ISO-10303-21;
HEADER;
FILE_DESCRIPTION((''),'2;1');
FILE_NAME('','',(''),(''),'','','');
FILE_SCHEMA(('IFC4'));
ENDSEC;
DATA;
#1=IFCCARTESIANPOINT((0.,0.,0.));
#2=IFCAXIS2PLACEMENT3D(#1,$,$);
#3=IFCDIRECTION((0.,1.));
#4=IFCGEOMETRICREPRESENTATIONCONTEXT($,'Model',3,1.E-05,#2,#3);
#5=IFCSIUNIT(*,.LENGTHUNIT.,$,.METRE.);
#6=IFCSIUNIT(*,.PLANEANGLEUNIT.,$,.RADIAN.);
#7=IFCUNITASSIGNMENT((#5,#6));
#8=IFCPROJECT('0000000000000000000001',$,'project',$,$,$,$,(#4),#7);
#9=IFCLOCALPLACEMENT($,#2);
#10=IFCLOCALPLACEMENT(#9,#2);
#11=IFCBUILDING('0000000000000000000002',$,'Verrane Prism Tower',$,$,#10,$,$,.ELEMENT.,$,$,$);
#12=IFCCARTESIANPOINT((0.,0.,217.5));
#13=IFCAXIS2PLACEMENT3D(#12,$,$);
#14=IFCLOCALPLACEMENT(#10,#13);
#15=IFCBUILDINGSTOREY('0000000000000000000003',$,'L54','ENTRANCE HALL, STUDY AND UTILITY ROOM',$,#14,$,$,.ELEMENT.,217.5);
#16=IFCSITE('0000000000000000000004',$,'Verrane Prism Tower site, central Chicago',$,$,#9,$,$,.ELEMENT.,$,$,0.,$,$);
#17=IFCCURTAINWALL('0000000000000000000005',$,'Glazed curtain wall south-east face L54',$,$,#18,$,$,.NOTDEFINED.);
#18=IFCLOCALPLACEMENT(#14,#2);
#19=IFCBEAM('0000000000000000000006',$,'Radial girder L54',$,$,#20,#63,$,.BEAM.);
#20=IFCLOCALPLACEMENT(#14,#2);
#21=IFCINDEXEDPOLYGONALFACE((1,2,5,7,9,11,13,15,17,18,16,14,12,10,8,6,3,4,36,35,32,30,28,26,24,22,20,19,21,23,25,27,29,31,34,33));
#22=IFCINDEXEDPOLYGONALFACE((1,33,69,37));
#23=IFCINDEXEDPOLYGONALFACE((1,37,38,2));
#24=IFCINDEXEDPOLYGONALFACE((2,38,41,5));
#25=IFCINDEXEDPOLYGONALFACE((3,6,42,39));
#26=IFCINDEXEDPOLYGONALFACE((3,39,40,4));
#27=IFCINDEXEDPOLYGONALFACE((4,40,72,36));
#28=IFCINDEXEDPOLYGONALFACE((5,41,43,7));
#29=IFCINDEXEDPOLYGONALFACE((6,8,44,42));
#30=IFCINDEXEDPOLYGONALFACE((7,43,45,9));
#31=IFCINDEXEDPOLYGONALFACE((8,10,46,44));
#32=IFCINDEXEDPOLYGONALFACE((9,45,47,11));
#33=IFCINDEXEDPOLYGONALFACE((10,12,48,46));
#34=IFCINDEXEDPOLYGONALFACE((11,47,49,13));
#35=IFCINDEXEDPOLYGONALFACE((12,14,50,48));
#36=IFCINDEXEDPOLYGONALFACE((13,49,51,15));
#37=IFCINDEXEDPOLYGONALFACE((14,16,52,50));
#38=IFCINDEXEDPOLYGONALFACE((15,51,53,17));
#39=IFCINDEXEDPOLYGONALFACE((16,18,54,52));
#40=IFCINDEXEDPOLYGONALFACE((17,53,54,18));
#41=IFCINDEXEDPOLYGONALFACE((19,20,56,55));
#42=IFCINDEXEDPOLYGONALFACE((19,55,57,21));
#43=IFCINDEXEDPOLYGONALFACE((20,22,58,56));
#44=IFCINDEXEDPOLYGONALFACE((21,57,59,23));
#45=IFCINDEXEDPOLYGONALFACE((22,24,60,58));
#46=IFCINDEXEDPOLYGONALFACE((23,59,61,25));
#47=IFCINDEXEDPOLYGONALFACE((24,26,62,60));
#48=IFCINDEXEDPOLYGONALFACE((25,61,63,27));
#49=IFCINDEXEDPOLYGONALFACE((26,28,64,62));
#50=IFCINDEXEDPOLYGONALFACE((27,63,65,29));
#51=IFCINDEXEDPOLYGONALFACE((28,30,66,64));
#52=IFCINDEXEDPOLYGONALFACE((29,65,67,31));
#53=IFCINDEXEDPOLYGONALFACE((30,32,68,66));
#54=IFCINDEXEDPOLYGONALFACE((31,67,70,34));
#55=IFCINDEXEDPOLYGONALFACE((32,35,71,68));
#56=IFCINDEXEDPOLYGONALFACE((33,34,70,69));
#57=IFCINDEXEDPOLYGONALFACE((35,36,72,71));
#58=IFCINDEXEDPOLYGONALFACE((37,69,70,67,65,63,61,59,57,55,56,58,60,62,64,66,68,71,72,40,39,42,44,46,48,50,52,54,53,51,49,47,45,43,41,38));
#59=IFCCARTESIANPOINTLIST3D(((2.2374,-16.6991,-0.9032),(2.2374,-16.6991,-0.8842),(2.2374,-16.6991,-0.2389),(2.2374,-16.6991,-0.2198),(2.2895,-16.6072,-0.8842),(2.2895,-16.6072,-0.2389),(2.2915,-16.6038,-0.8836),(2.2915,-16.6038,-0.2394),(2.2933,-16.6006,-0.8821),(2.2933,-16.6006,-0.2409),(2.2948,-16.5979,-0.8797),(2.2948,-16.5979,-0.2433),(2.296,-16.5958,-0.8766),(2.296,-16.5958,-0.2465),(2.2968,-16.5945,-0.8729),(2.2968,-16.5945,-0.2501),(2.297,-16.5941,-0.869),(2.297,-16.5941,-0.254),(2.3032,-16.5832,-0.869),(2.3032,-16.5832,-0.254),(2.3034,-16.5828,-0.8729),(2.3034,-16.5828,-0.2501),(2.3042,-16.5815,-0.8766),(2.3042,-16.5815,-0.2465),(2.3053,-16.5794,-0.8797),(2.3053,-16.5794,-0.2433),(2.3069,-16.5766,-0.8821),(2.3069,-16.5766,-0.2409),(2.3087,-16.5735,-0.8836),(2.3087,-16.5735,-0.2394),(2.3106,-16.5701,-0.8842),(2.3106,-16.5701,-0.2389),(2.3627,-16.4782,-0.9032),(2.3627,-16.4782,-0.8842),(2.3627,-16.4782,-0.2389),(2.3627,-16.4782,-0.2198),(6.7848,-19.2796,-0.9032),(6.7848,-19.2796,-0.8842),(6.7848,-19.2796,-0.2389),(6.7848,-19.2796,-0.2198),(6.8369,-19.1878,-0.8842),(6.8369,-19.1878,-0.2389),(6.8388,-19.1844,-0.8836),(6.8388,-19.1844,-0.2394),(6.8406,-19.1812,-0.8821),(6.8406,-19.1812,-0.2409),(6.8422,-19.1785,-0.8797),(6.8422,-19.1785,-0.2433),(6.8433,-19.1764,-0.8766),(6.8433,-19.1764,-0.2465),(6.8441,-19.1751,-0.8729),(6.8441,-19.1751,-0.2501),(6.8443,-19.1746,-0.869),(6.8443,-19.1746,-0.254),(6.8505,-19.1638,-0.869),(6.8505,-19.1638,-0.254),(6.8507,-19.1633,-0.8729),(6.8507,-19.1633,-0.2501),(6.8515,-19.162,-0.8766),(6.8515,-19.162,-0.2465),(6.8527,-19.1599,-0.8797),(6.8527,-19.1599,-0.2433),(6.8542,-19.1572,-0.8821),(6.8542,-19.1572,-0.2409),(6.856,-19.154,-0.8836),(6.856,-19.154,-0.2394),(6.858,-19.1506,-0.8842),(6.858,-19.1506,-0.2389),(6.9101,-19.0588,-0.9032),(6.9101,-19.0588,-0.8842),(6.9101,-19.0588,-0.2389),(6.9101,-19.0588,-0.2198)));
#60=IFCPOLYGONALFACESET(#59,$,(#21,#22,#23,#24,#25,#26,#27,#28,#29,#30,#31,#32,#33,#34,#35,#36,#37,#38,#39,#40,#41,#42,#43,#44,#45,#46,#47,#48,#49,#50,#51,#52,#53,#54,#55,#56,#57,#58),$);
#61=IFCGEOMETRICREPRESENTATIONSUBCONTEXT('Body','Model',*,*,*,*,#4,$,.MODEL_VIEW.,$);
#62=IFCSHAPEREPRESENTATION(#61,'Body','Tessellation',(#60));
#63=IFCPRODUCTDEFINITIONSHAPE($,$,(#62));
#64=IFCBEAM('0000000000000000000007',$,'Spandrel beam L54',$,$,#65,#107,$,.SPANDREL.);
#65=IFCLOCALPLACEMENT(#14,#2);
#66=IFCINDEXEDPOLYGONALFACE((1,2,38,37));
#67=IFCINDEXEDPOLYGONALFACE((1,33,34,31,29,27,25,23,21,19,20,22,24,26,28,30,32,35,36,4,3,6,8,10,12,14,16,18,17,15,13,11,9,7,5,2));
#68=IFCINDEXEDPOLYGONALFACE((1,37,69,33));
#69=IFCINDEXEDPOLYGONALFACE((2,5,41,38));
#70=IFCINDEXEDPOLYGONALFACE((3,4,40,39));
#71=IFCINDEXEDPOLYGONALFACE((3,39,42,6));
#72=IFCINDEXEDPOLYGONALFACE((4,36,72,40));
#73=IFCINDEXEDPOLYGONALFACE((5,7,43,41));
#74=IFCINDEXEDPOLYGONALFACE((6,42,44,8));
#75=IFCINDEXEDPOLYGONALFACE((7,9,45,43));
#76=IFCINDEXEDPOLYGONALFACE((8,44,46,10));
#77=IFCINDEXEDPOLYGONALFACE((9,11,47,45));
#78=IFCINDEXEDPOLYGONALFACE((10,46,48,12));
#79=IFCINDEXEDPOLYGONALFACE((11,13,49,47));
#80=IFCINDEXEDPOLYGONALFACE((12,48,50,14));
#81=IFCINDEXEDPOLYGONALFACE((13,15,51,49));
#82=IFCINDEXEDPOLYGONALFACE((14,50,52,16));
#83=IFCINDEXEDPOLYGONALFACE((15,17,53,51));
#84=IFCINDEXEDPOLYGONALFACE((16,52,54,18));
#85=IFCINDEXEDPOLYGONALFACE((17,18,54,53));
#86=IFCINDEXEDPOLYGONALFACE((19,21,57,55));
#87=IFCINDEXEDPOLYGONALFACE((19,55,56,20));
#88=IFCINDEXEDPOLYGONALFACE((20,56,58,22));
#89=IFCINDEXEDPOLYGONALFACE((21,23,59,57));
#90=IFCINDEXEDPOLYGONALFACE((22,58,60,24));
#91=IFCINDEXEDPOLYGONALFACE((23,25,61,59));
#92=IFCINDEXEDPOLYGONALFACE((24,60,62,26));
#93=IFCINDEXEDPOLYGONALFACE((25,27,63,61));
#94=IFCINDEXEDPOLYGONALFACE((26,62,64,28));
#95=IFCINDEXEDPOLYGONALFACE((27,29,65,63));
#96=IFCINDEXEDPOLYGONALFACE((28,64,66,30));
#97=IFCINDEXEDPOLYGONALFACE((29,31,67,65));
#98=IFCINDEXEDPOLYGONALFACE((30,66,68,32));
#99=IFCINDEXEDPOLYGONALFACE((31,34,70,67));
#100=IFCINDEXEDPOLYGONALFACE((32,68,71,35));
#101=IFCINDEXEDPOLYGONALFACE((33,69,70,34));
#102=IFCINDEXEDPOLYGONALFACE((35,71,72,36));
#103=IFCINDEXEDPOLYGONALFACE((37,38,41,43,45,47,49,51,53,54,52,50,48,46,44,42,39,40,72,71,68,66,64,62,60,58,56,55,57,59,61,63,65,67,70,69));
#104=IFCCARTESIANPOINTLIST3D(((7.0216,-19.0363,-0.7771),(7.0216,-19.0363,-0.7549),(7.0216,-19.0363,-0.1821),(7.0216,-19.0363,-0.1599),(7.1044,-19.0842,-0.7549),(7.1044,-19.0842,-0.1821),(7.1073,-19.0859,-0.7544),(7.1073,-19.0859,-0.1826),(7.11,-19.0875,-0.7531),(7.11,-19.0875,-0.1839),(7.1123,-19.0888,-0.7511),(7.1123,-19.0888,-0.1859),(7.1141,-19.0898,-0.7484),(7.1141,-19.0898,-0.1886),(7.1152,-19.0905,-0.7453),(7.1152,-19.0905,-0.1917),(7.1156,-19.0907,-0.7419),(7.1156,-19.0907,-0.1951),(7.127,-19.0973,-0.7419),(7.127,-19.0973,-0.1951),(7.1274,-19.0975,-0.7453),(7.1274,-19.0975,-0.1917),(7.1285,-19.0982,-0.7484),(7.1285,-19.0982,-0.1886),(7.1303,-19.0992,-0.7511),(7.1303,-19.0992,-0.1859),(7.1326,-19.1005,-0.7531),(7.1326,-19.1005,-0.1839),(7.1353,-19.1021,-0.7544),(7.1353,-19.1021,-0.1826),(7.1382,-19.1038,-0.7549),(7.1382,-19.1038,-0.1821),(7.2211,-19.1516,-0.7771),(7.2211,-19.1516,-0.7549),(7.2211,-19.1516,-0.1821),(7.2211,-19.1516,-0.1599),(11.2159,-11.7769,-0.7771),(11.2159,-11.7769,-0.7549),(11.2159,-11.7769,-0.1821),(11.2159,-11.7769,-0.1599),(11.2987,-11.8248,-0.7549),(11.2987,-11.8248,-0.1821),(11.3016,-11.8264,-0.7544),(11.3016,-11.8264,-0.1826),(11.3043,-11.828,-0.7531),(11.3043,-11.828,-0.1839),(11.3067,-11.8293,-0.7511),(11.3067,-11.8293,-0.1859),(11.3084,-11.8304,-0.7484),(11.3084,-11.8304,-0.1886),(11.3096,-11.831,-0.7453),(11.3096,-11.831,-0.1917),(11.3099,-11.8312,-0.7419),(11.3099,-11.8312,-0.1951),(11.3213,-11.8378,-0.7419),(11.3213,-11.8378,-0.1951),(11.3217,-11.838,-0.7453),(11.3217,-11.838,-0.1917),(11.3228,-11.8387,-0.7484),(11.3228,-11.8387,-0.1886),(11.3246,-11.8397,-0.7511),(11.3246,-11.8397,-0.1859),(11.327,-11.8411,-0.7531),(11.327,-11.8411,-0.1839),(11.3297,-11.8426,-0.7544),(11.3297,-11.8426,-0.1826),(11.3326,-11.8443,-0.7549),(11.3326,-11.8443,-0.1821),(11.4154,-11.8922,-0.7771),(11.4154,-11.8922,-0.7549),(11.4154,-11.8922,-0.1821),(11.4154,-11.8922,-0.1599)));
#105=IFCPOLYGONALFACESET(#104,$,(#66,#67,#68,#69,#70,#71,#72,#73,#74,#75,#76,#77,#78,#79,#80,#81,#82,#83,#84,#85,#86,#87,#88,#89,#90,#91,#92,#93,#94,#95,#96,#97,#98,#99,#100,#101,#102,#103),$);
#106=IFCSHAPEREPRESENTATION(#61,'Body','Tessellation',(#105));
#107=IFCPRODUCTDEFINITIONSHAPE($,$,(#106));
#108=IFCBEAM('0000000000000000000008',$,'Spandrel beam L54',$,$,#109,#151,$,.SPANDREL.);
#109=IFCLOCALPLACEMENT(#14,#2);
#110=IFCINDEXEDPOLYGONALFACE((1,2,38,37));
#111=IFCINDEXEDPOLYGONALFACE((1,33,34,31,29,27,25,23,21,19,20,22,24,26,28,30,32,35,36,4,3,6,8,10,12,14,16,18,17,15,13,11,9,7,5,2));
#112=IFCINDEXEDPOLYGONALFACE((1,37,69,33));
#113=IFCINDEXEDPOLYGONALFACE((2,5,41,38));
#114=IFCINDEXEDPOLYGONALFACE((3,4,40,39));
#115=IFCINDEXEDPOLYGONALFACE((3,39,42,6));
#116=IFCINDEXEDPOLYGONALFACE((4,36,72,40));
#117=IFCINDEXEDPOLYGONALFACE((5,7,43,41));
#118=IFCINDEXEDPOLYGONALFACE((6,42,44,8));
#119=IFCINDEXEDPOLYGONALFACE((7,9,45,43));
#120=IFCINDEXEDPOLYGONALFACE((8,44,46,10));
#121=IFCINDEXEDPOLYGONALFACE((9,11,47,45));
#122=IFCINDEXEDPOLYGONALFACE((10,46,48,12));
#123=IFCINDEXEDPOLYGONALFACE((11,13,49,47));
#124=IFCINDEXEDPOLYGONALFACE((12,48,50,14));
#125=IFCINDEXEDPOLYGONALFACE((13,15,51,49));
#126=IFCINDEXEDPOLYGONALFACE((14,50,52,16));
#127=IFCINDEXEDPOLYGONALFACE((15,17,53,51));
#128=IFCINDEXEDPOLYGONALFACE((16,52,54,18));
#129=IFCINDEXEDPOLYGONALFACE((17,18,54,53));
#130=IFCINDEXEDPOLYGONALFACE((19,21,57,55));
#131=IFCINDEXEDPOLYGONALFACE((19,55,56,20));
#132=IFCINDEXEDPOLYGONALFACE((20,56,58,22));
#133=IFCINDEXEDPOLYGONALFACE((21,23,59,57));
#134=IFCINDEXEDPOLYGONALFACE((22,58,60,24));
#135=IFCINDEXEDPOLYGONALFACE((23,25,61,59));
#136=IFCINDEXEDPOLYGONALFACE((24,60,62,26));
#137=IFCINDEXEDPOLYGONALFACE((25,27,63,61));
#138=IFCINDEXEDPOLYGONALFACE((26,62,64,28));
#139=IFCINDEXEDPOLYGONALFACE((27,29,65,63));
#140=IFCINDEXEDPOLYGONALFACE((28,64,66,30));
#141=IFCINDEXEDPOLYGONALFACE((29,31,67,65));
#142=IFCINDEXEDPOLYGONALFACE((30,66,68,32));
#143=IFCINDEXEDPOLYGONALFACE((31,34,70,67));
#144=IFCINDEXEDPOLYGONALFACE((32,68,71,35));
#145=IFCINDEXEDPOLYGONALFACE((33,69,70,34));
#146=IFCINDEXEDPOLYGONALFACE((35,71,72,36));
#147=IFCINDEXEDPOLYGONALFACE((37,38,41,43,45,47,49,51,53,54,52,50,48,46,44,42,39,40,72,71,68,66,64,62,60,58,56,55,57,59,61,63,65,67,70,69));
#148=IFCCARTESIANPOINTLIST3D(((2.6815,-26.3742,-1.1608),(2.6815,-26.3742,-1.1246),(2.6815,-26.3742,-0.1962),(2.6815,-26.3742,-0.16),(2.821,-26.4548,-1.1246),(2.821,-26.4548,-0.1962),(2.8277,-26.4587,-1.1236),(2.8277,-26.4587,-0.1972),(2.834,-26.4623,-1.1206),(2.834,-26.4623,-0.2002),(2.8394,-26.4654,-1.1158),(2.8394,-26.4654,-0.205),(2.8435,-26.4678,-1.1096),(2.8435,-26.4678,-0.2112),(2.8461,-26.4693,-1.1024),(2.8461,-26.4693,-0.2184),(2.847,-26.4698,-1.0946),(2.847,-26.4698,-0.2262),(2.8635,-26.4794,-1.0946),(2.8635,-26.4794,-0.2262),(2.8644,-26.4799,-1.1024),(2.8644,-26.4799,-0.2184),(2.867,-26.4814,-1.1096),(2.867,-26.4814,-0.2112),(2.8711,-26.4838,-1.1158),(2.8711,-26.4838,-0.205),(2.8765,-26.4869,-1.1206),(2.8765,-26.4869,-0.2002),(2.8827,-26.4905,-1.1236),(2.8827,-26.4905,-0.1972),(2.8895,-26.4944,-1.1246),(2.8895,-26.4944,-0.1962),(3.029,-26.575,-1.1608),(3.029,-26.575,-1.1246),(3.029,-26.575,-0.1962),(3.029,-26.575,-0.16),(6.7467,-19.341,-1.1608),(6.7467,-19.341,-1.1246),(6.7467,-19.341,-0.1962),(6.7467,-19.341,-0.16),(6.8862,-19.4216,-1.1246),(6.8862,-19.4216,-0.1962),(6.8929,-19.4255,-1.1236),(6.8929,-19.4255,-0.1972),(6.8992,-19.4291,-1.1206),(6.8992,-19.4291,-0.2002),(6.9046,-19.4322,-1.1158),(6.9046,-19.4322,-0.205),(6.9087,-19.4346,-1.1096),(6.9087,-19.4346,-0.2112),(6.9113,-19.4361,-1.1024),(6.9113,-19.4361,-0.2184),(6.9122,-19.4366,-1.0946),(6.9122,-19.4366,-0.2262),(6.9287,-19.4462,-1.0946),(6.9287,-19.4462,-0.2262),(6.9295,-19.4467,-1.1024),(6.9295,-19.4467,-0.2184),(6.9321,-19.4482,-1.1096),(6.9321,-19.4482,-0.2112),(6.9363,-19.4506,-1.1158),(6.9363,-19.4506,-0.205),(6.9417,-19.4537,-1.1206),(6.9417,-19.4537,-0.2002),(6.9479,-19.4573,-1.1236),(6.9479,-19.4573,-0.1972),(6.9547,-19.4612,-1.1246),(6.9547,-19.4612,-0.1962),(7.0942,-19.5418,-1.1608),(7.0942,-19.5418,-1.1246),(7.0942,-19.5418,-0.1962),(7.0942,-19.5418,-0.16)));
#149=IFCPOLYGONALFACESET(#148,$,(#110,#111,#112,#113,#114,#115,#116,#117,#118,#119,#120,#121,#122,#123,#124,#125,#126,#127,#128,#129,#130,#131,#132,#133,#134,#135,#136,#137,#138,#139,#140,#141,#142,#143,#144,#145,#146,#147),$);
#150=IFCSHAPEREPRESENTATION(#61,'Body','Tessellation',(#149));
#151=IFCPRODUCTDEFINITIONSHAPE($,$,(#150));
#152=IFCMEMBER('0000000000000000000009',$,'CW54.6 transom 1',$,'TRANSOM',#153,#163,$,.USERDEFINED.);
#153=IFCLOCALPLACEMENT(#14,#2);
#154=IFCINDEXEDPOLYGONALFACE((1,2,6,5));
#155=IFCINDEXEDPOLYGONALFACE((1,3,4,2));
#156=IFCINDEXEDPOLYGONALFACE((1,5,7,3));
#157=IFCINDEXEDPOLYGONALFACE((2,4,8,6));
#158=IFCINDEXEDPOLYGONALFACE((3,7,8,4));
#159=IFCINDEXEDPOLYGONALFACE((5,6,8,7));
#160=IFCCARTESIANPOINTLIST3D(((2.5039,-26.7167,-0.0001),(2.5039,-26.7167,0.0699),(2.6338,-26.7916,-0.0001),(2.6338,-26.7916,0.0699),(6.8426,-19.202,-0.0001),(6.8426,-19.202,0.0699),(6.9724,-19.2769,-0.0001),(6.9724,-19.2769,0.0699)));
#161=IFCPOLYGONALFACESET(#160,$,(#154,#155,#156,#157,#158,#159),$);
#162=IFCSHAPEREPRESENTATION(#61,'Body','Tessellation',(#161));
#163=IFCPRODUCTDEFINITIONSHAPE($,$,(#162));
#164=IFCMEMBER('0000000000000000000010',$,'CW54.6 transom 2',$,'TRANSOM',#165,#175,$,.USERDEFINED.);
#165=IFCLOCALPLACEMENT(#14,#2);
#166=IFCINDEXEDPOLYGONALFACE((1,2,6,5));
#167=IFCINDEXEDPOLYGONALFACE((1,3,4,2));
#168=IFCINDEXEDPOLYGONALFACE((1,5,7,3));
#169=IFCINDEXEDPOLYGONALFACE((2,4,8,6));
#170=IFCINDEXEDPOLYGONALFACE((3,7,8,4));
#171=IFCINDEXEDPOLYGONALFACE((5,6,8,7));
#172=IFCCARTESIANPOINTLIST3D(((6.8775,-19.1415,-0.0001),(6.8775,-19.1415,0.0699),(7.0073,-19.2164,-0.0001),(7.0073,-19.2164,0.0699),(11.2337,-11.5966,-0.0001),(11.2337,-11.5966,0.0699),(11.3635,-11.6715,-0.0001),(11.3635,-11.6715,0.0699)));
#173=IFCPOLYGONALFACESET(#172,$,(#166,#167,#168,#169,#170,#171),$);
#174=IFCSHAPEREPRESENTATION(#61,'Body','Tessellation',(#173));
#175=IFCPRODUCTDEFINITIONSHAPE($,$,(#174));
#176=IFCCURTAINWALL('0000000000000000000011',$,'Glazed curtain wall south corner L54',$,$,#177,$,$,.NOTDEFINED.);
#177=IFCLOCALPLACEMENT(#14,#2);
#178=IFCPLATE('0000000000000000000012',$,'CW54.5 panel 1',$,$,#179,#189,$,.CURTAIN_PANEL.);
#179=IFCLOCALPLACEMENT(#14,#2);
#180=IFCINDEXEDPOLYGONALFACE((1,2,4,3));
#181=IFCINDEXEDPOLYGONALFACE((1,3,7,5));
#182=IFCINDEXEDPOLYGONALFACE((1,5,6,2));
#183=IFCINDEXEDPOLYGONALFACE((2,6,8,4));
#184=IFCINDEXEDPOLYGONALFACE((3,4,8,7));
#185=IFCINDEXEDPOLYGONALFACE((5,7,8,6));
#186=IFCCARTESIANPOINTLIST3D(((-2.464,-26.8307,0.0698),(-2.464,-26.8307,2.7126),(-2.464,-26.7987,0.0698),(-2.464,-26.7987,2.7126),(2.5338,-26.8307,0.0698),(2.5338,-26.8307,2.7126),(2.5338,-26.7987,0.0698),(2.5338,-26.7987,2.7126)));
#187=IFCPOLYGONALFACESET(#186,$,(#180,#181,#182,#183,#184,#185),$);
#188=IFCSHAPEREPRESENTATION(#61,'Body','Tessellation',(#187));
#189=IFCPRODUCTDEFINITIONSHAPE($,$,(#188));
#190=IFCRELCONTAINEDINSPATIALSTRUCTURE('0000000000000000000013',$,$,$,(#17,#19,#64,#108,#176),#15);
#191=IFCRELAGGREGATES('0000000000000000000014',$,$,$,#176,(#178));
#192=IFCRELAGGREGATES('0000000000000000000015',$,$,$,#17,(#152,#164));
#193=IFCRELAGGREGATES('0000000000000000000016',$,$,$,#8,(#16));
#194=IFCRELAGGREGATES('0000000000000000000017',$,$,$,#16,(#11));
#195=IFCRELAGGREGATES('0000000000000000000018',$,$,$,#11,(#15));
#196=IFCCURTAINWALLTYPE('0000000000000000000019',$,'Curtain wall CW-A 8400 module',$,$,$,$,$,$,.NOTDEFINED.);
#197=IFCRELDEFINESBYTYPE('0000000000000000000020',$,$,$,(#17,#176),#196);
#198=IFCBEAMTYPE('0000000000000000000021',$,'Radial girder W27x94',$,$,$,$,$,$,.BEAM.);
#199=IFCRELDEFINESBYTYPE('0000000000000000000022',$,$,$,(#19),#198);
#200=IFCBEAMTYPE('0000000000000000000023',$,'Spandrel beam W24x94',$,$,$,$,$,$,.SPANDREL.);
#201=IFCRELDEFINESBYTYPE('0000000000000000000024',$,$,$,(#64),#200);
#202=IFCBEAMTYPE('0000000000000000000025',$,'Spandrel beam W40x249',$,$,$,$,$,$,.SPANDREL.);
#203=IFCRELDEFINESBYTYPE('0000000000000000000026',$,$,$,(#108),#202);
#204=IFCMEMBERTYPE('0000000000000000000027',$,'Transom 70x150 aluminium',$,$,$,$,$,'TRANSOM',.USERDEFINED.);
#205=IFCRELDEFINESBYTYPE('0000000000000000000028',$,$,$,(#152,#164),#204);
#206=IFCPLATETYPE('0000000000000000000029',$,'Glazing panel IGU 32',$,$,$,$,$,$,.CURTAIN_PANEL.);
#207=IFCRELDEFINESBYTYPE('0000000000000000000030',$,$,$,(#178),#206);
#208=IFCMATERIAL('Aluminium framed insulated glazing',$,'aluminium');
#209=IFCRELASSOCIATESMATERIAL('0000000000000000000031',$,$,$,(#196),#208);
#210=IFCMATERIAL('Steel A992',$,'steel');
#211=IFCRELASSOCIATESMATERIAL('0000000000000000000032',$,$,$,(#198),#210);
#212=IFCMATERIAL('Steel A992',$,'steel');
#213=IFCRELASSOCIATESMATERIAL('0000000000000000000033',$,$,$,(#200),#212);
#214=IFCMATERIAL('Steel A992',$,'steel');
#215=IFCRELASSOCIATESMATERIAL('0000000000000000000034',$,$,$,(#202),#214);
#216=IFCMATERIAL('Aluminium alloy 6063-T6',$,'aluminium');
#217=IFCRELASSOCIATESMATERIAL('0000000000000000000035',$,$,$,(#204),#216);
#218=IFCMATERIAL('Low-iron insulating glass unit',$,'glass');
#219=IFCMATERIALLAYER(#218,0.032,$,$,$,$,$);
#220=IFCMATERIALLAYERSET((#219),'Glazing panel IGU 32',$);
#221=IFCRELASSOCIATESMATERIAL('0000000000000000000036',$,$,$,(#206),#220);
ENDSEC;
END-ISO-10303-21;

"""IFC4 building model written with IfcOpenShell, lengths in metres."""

from ifc_helpers import new_model, si_unit, direction, frame, origin, origin_2d, place, context, subcontext, project, spatial, rectangle, i_section, extrude, material, layer, layer_set, material_profile, profile_set, type_object, element, aggregate, save


model = new_model("IFC4")

# Units and contexts
model_context = context("Model", 3, precision=1e-05, world=origin(), true_north=direction((0.0, 1.0)))
body_context = subcontext(model_context, "Body", "Model", "MODEL_VIEW")
ifc_project = project(units=[si_unit("LENGTHUNIT", "METRE"), si_unit("PLANEANGLEUNIT", "RADIAN")], contexts=[model_context])

# Site, building, storey
site_placement = place(None, origin())
site = spatial("IfcSite", under=ifc_project, at=site_placement, Name="Verrane Prism Tower site, central Chicago", CompositionType="ELEMENT", RefElevation=0.0)
building_placement = place(site_placement, origin())
building = spatial("IfcBuilding", under=site, at=building_placement, Name="Verrane Prism Tower", CompositionType="ELEMENT")
storey_placement = place(building_placement, frame((0.0, 0.0, 217.5)))
storey = spatial("IfcBuildingStorey", under=building, at=storey_placement, Name="L54", Description="ENTRANCE HALL, STUDY AND UTILITY ROOM", CompositionType="ELEMENT", Elevation=217.5)

# Curtain wall
ifc_material_1 = material(Name="Aluminium framed insulated glazing", Category="aluminium")
curtain_wall_type = type_object("IfcCurtainWallType", Name="Curtain wall CW-A 8400 module", PredefinedType="NOTDEFINED", material=ifc_material_1)
curtain_wall_1_placement = place(storey_placement, origin())
curtain_wall_1 = element("IfcCurtainWall", 1, at=curtain_wall_1_placement, inside=storey, type_object=curtain_wall_type, Name="Glazed curtain wall south-east face L54", PredefinedType="NOTDEFINED")

# Beams
ifc_material_2 = material(Name="Steel A992", Category="steel")
ifc_material_profile_1 = material_profile(ifc_material_2, i_section(OverallWidth=0.2539, OverallDepth=0.6833, WebThickness=0.0125, FlangeThickness=0.019, FilletRadius=0.0151, at=origin_2d()), Name="W27x94")
ifc_profile_set_1 = profile_set([ifc_material_profile_1], Name="Steel A992")
beam_type_1 = type_object("IfcBeamType", Name="Radial girder W27x94", PredefinedType="BEAM", material=ifc_profile_set_1)
beam_1_placement = place(storey_placement, frame((6.8474, -19.1692, -0.5615), z_axis=(-0.869716, 0.493552, 0.0), x_axis=(-0.493552, -0.869716, 0.0)))
element("IfcBeam", 2, at=beam_1_placement, inside=storey, type_object=beam_type_1, Name="Radial girder L54", PredefinedType="BEAM", context=body_context, shape_type="SweptSolid", body=[
    extrude(i_section(OverallWidth=0.2539, OverallDepth=0.6833, WebThickness=0.0125, FlangeThickness=0.019, FilletRadius=0.0151, at=origin_2d()), origin(), (0.0, 0.0, 1.0), 5.2285),
])
ifc_material_3 = material(Name="Steel A992", Category="steel")
ifc_material_profile_2 = material_profile(ifc_material_3, i_section(OverallWidth=0.2305, OverallDepth=0.6172, WebThickness=0.0132, FlangeThickness=0.0222, FilletRadius=0.0129, at=origin_2d()), Name="W24x94")
ifc_profile_set_2 = profile_set([ifc_material_profile_2], Name="Steel A992")
beam_type_2 = type_object("IfcBeamType", Name="Spandrel beam W24x94", PredefinedType="SPANDREL", material=ifc_profile_set_2)
beam_2_placement = place(storey_placement, frame((7.1213, -19.094, -0.4685), z_axis=(0.500273, 0.865868, 0.0), x_axis=(-0.865868, 0.500273, 0.0)))
element("IfcBeam", 3, at=beam_2_placement, inside=storey, type_object=beam_type_2, Name="Spandrel beam L54", PredefinedType="SPANDREL", context=body_context, shape_type="SweptSolid", body=[
    extrude(i_section(OverallWidth=0.2305, OverallDepth=0.6172, WebThickness=0.0132, FlangeThickness=0.0222, FilletRadius=0.0129, at=origin_2d()), origin(), (0.0, 0.0, 1.0), 8.384),
])
ifc_material_4 = material(Name="Steel A992", Category="steel")
ifc_material_profile_3 = material_profile(ifc_material_4, i_section(OverallWidth=0.4014, OverallDepth=1.0007, WebThickness=0.019, FlangeThickness=0.0361, FilletRadius=0.03, at=origin_2d()), Name="W40x249")
ifc_profile_set_3 = profile_set([ifc_material_profile_3], Name="Steel A992")
beam_type_3 = type_object("IfcBeamType", Name="Spandrel beam W40x249", PredefinedType="SPANDREL", material=ifc_profile_set_3)
beam_3_placement = place(storey_placement, frame((2.8552, -26.4746, -0.6604), z_axis=(0.500421, 0.865782, 0.0), x_axis=(-0.865782, 0.500421, 0.0)))
element("IfcBeam", 4, at=beam_3_placement, inside=storey, type_object=beam_type_3, Name="Spandrel beam L54", PredefinedType="SPANDREL", context=body_context, shape_type="SweptSolid", body=[
    extrude(i_section(OverallWidth=0.4014, OverallDepth=1.0007, WebThickness=0.019, FlangeThickness=0.0361, FilletRadius=0.03, at=origin_2d()), origin(), (0.0, 0.0, 1.0), 8.1235),
])

# Members
ifc_material_5 = material(Name="Aluminium alloy 6063-T6", Category="aluminium")
ifc_material_profile_4 = material_profile(ifc_material_5, rectangle(XDim=0.1499, YDim=0.0701, at=origin_2d()), Name="Transom 70x150 aluminium")
ifc_profile_set_4 = profile_set([ifc_material_profile_4], Name="Aluminium alloy 6063-T6")
member_type_1 = type_object("IfcMemberType", Name="Transom 70x150 aluminium", ElementType="TRANSOM", PredefinedType="USERDEFINED", material=ifc_profile_set_4)
member_1_placement = place(storey_placement, frame((2.5688, -26.7542, 0.0349), z_axis=(0.500003, 0.866023, 0.0), x_axis=(-0.866023, 0.500003, 0.0)))
member_1 = element("IfcMember", 5, at=member_1_placement, type_object=member_type_1, Name="CW54.6 transom 1", ObjectType="TRANSOM", PredefinedType="USERDEFINED", context=body_context, shape_type="SweptSolid", body=[
    extrude(rectangle(XDim=0.1499, YDim=0.0701, at=origin_2d()), origin(), (0.0, 0.0, 1.0), 8.6772),
])
member_2_placement = place(storey_placement, frame((6.9424, -19.179, 0.0349), z_axis=(0.500012, 0.866019, 0.0), x_axis=(-0.866019, 0.500012, 0.0)))
member_2 = element("IfcMember", 6, at=member_2_placement, type_object=member_type_1, Name="CW54.6 transom 2", ObjectType="TRANSOM", PredefinedType="USERDEFINED", context=body_context, shape_type="SweptSolid", body=[
    extrude(rectangle(XDim=0.1499, YDim=0.0701, at=origin_2d()), origin(), (0.0, 0.0, 1.0), 8.7122),
])

# Curtain wall, plate
curtain_wall_2_placement = place(storey_placement, origin())
curtain_wall_2 = element("IfcCurtainWall", 7, at=curtain_wall_2_placement, inside=storey, type_object=curtain_wall_type, Name="Glazed curtain wall south corner L54", PredefinedType="NOTDEFINED")
ifc_material_6 = material(Name="Low-iron insulating glass unit", Category="glass")
ifc_layer_1 = layer(ifc_material_6, 0.032)
ifc_layer_set_1 = layer_set([ifc_layer_1], Name="Glazing panel IGU 32")
plate_type = type_object("IfcPlateType", Name="Glazing panel IGU 32", PredefinedType="CURTAIN_PANEL", material=ifc_layer_set_1)
plate_1_placement = place(storey_placement, frame((0.0349, -26.8147, 0.0698), z_axis=(0.0, 0.0, 1.0), x_axis=(1.0, 0.0, 0.0)))
plate_1 = element("IfcPlate", 8, at=plate_1_placement, type_object=plate_type, Name="CW54.5 panel 1", PredefinedType="CURTAIN_PANEL", context=body_context, shape_type="SweptSolid", body=[
    extrude(rectangle(XDim=4.9978, YDim=0.032, at=origin_2d()), origin(), (0.0, 0.0, 1.0), 2.6428),
])
aggregate(curtain_wall_2, [plate_1])

aggregate(curtain_wall_1, [member_1, member_2])

save(model, "model.ifc")
